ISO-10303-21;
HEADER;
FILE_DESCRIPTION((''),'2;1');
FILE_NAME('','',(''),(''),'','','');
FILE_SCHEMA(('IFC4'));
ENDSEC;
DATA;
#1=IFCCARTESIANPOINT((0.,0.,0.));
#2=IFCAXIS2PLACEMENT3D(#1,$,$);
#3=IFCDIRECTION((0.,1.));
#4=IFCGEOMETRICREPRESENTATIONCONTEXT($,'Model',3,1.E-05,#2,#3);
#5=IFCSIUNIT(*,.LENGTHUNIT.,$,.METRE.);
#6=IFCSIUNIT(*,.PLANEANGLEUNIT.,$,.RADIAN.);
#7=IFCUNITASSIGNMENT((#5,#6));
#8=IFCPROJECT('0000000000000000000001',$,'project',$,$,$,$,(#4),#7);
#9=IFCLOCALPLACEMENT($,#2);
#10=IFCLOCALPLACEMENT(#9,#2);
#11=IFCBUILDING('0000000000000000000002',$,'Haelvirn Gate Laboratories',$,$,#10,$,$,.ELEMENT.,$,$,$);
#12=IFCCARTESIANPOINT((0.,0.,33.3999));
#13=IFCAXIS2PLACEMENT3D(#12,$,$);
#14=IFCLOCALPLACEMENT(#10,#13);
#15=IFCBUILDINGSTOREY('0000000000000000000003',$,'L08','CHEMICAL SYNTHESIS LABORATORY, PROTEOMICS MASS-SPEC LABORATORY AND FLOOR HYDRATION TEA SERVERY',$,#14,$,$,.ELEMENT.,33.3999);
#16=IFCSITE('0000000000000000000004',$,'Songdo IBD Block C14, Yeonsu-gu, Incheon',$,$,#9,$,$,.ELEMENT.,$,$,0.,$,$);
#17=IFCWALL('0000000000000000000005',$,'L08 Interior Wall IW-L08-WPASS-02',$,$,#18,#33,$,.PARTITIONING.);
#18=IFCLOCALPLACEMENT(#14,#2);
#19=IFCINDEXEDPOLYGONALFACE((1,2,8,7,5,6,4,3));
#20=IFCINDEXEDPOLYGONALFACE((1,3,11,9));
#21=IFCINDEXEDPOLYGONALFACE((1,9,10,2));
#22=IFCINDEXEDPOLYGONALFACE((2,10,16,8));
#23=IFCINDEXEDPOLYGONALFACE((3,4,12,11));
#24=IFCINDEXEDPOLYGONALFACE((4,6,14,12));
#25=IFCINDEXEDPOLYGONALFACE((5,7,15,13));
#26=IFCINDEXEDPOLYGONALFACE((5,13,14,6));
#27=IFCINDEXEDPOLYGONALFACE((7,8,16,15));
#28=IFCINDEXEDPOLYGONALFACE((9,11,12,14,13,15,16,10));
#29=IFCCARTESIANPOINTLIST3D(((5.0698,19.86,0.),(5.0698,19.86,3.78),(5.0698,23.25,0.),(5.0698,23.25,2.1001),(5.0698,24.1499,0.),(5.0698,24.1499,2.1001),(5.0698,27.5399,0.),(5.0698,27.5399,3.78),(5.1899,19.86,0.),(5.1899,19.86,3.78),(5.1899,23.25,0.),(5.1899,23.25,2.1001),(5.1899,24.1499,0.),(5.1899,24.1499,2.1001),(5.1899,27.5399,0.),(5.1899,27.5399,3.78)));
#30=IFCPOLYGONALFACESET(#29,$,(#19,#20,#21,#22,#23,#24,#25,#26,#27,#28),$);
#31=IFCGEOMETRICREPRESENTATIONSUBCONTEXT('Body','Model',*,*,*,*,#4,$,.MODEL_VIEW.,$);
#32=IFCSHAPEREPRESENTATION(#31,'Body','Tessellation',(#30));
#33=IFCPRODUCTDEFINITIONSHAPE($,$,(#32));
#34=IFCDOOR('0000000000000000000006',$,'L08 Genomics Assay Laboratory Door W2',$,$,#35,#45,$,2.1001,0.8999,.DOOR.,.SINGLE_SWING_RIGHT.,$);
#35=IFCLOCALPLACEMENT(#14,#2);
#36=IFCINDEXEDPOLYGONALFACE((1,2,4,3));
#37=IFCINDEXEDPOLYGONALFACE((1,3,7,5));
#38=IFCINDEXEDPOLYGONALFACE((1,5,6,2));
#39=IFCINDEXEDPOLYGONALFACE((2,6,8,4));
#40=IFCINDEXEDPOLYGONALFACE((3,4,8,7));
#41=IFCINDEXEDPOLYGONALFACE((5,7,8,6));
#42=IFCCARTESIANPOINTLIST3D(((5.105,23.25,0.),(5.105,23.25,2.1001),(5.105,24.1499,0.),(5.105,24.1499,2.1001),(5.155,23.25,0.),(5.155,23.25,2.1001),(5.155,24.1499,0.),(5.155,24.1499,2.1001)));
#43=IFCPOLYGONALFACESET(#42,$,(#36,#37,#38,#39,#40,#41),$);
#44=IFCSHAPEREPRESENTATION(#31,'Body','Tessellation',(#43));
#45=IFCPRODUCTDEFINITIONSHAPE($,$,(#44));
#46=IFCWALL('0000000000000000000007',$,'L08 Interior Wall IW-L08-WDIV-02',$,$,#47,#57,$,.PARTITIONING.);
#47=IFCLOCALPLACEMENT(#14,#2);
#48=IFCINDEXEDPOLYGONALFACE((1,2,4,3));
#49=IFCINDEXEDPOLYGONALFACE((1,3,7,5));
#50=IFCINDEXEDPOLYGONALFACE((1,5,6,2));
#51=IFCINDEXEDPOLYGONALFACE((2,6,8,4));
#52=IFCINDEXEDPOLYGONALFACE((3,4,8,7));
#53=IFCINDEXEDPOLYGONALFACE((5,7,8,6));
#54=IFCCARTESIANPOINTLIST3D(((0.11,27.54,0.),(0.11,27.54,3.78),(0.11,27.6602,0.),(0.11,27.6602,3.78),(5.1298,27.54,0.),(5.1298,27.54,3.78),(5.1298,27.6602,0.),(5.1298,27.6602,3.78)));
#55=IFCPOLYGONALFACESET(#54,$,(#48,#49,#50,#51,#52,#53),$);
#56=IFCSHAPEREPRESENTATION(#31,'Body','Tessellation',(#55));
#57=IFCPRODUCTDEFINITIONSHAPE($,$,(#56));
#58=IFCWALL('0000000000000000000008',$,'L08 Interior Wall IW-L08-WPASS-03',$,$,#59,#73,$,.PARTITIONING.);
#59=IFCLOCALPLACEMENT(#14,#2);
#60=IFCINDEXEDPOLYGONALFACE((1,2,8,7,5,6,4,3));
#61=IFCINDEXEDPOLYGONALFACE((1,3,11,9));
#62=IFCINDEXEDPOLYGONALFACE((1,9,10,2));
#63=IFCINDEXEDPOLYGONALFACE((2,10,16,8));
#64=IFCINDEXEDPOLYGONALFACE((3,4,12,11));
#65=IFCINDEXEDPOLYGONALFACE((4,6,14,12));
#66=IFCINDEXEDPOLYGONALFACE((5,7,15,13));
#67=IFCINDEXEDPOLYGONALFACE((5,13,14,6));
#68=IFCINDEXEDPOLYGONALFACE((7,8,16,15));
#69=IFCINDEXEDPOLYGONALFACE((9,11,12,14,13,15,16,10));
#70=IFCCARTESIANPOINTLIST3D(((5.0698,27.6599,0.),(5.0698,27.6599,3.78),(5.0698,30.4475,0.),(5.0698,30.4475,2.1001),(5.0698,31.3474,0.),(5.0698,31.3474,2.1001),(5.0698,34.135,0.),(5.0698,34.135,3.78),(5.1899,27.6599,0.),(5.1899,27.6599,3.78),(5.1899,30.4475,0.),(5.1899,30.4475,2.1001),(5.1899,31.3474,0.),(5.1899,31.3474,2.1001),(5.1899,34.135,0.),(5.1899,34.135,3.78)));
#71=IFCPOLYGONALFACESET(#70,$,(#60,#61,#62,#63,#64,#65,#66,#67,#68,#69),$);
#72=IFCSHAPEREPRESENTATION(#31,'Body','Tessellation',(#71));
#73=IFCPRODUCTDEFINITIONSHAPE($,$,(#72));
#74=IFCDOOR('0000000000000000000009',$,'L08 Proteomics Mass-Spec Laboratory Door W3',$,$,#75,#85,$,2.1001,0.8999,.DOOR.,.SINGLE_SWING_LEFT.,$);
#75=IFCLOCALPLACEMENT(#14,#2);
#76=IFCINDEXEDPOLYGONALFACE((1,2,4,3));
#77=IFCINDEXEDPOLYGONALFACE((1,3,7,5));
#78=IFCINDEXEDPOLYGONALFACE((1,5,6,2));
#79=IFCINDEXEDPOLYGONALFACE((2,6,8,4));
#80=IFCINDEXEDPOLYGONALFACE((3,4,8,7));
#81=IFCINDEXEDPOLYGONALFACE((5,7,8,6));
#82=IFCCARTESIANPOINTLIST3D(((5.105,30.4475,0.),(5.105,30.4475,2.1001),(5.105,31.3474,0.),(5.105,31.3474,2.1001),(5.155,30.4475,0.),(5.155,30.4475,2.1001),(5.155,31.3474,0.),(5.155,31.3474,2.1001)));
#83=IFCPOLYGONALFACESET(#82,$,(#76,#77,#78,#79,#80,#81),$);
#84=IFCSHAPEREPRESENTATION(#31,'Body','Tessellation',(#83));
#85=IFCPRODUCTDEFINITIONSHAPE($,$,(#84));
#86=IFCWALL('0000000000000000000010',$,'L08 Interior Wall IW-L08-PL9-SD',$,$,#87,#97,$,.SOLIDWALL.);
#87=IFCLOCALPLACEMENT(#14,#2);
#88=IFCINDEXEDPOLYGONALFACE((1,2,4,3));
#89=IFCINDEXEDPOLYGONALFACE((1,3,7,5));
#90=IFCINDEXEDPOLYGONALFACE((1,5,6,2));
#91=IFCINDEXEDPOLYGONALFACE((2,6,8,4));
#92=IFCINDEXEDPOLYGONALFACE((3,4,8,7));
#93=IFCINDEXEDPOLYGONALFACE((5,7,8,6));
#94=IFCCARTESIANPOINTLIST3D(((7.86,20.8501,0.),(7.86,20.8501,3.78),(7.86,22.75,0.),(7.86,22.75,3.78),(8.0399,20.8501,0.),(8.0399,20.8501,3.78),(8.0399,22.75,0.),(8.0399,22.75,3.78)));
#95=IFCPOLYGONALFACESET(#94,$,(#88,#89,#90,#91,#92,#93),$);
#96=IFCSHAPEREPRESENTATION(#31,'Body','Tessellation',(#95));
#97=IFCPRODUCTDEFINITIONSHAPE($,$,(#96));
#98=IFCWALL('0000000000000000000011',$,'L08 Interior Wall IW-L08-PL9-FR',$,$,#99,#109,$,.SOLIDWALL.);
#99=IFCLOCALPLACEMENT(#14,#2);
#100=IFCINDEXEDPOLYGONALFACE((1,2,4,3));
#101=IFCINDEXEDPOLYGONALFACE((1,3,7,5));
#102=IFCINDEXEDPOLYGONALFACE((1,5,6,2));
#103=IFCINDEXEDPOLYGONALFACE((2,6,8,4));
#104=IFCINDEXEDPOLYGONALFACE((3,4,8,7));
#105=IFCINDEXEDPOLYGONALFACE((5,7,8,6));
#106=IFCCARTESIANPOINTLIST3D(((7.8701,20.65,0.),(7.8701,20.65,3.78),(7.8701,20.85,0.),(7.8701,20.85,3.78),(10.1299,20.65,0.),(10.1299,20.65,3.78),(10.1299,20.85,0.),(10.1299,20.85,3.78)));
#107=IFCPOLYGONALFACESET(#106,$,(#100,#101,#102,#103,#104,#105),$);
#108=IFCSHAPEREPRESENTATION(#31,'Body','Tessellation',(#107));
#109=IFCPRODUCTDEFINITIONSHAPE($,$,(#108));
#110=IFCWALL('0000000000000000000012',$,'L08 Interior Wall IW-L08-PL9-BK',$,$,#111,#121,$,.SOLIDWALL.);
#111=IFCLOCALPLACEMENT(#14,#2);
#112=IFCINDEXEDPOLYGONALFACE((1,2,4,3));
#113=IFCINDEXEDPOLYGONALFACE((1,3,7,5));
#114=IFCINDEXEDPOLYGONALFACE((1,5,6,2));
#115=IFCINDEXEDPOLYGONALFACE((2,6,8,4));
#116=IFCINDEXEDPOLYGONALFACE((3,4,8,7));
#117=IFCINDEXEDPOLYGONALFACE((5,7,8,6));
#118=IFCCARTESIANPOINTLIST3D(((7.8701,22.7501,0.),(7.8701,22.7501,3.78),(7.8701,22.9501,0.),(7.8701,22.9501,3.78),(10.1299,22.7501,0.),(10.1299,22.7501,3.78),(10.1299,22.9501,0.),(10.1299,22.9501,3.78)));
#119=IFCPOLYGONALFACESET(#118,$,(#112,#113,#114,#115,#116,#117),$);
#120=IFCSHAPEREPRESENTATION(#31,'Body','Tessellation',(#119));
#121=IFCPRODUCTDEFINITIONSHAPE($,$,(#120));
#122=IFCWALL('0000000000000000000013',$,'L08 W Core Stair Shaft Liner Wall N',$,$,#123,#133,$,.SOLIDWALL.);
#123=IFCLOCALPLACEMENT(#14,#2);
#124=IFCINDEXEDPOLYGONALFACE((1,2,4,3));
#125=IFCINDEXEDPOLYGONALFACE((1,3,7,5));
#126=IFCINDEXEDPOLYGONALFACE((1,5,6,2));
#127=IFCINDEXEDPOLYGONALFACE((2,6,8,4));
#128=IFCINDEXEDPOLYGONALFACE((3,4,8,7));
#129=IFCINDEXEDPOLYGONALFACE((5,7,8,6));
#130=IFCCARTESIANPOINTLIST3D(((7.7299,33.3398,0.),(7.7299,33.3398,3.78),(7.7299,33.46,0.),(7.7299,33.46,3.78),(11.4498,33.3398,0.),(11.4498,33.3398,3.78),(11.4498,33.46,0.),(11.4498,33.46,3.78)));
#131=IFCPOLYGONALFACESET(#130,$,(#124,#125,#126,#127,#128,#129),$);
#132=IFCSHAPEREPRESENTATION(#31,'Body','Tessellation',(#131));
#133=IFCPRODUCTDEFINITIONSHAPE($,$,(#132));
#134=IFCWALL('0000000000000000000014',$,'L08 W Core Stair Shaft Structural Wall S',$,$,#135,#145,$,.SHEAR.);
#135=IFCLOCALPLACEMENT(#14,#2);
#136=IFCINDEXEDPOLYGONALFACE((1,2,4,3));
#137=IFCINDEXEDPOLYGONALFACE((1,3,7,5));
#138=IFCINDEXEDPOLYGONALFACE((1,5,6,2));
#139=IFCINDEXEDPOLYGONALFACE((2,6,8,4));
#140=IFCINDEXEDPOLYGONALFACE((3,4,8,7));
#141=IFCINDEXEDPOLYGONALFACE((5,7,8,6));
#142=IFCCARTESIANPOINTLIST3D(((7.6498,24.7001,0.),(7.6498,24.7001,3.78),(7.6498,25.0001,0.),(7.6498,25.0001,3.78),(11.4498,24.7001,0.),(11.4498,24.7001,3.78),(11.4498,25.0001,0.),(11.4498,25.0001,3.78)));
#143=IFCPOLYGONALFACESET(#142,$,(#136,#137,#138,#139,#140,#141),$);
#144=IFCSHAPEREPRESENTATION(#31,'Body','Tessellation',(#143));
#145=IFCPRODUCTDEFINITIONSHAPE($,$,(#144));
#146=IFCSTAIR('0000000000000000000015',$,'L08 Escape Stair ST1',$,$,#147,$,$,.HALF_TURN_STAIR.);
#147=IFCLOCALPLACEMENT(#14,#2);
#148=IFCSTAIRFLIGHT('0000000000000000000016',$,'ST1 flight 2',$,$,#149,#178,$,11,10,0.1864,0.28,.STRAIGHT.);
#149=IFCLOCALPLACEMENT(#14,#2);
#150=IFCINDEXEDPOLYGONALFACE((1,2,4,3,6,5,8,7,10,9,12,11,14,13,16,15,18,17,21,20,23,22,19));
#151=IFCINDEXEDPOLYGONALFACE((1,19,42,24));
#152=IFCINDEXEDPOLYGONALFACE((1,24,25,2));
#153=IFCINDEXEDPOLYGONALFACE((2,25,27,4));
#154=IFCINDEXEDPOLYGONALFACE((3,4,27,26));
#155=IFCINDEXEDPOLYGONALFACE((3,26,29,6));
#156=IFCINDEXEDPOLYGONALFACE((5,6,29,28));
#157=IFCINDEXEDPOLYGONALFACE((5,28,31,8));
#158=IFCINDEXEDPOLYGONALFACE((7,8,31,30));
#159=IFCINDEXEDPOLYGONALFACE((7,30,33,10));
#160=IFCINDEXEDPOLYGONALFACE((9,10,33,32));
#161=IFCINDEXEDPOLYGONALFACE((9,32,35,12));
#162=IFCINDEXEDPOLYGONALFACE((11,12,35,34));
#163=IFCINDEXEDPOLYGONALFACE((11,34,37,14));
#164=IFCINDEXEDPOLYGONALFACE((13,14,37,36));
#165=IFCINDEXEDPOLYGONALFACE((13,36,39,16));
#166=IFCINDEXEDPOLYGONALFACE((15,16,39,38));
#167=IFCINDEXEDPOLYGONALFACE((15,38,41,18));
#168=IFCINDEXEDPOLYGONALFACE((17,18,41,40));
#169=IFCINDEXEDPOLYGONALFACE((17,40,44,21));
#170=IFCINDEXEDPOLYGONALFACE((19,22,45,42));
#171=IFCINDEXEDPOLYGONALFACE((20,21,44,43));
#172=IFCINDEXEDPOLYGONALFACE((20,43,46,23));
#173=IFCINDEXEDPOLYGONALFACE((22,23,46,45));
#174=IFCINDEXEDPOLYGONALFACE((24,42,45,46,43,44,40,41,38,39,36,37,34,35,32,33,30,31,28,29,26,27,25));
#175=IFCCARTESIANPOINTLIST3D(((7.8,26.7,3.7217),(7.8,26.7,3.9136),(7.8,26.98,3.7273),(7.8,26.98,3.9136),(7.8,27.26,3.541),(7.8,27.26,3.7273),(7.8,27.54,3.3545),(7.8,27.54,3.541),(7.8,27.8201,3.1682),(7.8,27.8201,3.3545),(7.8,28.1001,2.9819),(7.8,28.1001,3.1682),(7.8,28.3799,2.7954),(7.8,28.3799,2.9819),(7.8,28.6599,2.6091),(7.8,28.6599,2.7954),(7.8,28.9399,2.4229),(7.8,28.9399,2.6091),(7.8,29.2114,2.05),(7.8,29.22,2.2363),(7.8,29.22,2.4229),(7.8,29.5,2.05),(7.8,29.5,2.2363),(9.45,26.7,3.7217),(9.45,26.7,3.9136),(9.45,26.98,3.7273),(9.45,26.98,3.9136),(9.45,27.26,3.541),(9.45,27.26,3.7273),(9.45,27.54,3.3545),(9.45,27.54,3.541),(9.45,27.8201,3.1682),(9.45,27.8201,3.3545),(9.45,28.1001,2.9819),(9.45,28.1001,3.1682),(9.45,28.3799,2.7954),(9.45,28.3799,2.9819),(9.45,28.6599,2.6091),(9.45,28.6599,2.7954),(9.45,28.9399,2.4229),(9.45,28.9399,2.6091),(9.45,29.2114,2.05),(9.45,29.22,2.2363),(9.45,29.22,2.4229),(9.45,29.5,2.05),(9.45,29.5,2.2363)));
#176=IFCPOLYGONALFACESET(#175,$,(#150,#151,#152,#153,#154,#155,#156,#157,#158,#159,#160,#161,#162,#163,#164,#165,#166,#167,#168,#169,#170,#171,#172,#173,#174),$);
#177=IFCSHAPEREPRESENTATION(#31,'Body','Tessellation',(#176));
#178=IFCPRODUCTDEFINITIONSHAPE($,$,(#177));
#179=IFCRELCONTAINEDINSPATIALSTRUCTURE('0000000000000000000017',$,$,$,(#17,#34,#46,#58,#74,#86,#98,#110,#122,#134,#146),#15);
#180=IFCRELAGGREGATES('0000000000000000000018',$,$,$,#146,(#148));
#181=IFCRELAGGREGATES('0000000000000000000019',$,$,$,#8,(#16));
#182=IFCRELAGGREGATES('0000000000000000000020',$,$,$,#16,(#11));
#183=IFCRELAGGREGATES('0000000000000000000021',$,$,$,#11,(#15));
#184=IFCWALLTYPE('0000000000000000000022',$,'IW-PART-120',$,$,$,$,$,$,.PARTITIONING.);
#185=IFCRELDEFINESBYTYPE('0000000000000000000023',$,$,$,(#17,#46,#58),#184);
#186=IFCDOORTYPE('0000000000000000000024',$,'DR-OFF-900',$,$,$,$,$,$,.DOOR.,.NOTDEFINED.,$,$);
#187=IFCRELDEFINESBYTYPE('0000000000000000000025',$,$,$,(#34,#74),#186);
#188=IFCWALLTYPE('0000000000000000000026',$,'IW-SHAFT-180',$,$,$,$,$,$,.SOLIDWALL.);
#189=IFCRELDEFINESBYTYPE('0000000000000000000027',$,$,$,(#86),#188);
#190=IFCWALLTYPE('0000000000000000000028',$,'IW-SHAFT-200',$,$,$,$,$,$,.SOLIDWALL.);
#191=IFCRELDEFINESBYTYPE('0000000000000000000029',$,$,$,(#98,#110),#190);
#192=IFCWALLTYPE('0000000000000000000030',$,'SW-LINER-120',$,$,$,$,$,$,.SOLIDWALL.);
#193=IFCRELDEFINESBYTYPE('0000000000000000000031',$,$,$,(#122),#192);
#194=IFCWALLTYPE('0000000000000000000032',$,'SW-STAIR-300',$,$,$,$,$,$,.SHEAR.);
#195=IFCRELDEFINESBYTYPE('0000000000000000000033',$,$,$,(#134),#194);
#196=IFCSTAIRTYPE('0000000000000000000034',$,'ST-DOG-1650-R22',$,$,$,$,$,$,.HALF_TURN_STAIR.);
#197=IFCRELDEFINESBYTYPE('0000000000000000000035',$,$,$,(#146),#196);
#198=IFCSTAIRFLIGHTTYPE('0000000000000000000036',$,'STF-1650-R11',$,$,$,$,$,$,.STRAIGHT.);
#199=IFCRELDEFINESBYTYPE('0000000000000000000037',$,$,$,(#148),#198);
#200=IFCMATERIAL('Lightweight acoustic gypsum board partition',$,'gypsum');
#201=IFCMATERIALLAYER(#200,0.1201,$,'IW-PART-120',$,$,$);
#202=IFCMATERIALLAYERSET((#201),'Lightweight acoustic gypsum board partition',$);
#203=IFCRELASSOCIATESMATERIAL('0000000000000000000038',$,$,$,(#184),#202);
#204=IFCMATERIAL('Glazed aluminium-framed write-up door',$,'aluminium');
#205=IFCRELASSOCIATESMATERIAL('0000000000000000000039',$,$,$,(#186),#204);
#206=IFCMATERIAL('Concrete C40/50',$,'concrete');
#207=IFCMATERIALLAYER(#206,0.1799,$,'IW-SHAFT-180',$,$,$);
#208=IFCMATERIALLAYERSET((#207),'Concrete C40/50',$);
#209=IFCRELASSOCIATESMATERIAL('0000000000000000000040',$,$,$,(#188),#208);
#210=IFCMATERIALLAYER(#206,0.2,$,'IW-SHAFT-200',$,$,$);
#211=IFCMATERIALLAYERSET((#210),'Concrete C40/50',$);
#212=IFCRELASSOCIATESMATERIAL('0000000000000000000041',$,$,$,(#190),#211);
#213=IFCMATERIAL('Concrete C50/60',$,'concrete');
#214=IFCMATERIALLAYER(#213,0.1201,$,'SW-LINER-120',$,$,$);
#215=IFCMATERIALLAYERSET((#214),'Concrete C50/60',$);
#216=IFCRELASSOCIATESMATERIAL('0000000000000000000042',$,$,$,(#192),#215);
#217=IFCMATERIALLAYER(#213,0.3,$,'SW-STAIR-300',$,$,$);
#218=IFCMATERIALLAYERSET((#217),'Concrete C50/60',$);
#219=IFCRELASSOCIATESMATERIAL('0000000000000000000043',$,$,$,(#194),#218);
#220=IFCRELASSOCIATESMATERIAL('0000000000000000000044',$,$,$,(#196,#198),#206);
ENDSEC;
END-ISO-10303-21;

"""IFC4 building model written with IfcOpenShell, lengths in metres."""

from ifc_helpers import new_model, si_unit, direction, frame, frame_2d, origin, place, context, subcontext, project, spatial, polyline, rectangle, outline, extrude, source, transform, mapped, material, layer, layer_set, type_object, type_shapes, element, fill, aggregate, save


model = new_model("IFC4")

# Units and contexts
model_context = context("Model", 3, precision=1e-05, world=origin(), true_north=direction((0.0, 1.0)))
body_context = subcontext(model_context, "Body", "Model", "MODEL_VIEW")
ifc_project = project(units=[si_unit("LENGTHUNIT", "METRE"), si_unit("PLANEANGLEUNIT", "RADIAN")], contexts=[model_context])

# Site, building, storey
site_placement = place(None, origin())
site = spatial("IfcSite", under=ifc_project, at=site_placement, Name="Songdo IBD Block C14, Yeonsu-gu, Incheon", CompositionType="ELEMENT", RefElevation=0.0)
building_placement = place(site_placement, origin())
building = spatial("IfcBuilding", under=site, at=building_placement, Name="Haelvirn Gate Laboratories", CompositionType="ELEMENT")
storey_placement = place(building_placement, frame((0.0, 0.0, 33.3999)))
storey = spatial("IfcBuildingStorey", under=building, at=storey_placement, Name="L08", Description="CHEMICAL SYNTHESIS LABORATORY, PROTEOMICS MASS-SPEC LABORATORY AND FLOOR HYDRATION TEA SERVERY", CompositionType="ELEMENT", Elevation=33.3999)

# Shared definitions
ifc_material_1 = material(Name="Lightweight acoustic gypsum board partition", Category="gypsum")
ifc_layer_1 = layer(ifc_material_1, 0.1201, Name="IW-PART-120")
ifc_layer_set_1 = layer_set([ifc_layer_1], Name="Lightweight acoustic gypsum board partition")
wall_type_1 = type_object("IfcWallType", Name="IW-PART-120", PredefinedType="PARTITIONING", material=ifc_layer_set_1)

# Wall, opening, door
wall_1_placement = place(storey_placement, frame((5.1299, 19.8601, 0.0), z_axis=(0.0, 0.0, 1.0), x_axis=(0.0, 1.0, 0.0)))
wall_1 = element("IfcWall", 1, at=wall_1_placement, inside=storey, type_object=wall_type_1, Name="L08 Interior Wall IW-L08-WPASS-02", PredefinedType="PARTITIONING", context=body_context, shape_type="SweptSolid", body=[
    extrude(rectangle(XDim=7.6799, YDim=0.1201, at=frame_2d((3.8398, 0.0))), origin(), (0.0, 0.0, 1.0), 3.78),
])
opening_1_placement = place(wall_1_placement, frame((3.3899, 0.0, 0.0)))
opening_1 = element("IfcOpeningElement", 2, at=opening_1_placement, cuts=wall_1, PredefinedType="OPENING", context=body_context, shape_type="SweptSolid", body=[
    extrude(rectangle(XDim=0.8999, YDim=2.1001, at=frame_2d((0.45, 1.05))), frame((0.0, 0.0701, 0.0), z_axis=(0.0, -1.0, 0.0), x_axis=(1.0, 0.0, 0.0)), (0.0, 0.0, 1.0), 0.1401),
])
ifc_material_2 = material(Name="Glazed aluminium-framed write-up door", Category="aluminium")
door_type_1 = type_object("IfcDoorType", Name="DR-OFF-900", OperationType="NOTDEFINED", PredefinedType="DOOR", material=ifc_material_2)
shared_shape_1 = source(origin(), body_context, "Body", "SweptSolid", [
    extrude(rectangle(XDim=0.8999, YDim=2.1001, at=frame_2d((0.45, 1.05))), frame((0.0, 0.0249, 0.0), z_axis=(0.0, -1.0, 0.0), x_axis=(1.0, 0.0, 0.0)), (0.0, 0.0, 1.0), 0.05),
])
type_shapes(door_type_1, [shared_shape_1])
door_1_placement = place(opening_1_placement, origin())
door_1 = element("IfcDoor", 3, at=door_1_placement, inside=storey, type_object=door_type_1, Name="L08 Genomics Assay Laboratory Door W2", OperationType="SINGLE_SWING_RIGHT", OverallHeight=2.1001, OverallWidth=0.8999, PredefinedType="DOOR", context=body_context, shape_type="MappedRepresentation", body=[
    mapped(shared_shape_1, transform((0.0, 0.0, 0.0), scale=1.0)),
])
fill(opening_1, door_1)

# Wall
wall_2_placement = place(storey_placement, frame((0.1101, 27.6001, 0.0), z_axis=(0.0, 0.0, 1.0), x_axis=(1.0, 0.0, 0.0)))
element("IfcWall", 4, at=wall_2_placement, inside=storey, type_object=wall_type_1, Name="L08 Interior Wall IW-L08-WDIV-02", PredefinedType="PARTITIONING", context=body_context, shape_type="SweptSolid", body=[
    extrude(rectangle(XDim=5.0198, YDim=0.1201, at=frame_2d((2.5098, 0.0))), origin(), (0.0, 0.0, 1.0), 3.78),
])

# Wall, opening, door
wall_3_placement = place(storey_placement, frame((5.1299, 27.6599, 0.0), z_axis=(0.0, 0.0, 1.0), x_axis=(0.0, 1.0, 0.0)))
wall_3 = element("IfcWall", 5, at=wall_3_placement, inside=storey, type_object=wall_type_1, Name="L08 Interior Wall IW-L08-WPASS-03", PredefinedType="PARTITIONING", context=body_context, shape_type="SweptSolid", body=[
    extrude(rectangle(XDim=6.4751, YDim=0.1201, at=frame_2d((3.2375, 0.0))), origin(), (0.0, 0.0, 1.0), 3.78),
])
opening_2_placement = place(wall_3_placement, frame((2.7876, 0.0, 0.0)))
opening_2 = element("IfcOpeningElement", 6, at=opening_2_placement, cuts=wall_3, PredefinedType="OPENING", context=body_context, shape_type="SweptSolid", body=[
    extrude(rectangle(XDim=0.8999, YDim=2.1001, at=frame_2d((0.45, 1.05))), frame((0.0, 0.0701, 0.0), z_axis=(0.0, -1.0, 0.0), x_axis=(1.0, 0.0, 0.0)), (0.0, 0.0, 1.0), 0.1401),
])
door_2_placement = place(opening_2_placement, origin())
door_2 = element("IfcDoor", 7, at=door_2_placement, inside=storey, type_object=door_type_1, Name="L08 Proteomics Mass-Spec Laboratory Door W3", OperationType="SINGLE_SWING_LEFT", OverallHeight=2.1001, OverallWidth=0.8999, PredefinedType="DOOR", context=body_context, shape_type="MappedRepresentation", body=[
    mapped(shared_shape_1, transform((0.0, 0.0, 0.0), scale=1.0)),
])
fill(opening_2, door_2)

# Walls
ifc_material_3 = material(Name="Concrete C40/50", Category="concrete")
ifc_layer_2 = layer(ifc_material_3, 0.1799, Name="IW-SHAFT-180")
ifc_layer_set_2 = layer_set([ifc_layer_2], Name="Concrete C40/50")
wall_type_2 = type_object("IfcWallType", Name="IW-SHAFT-180", PredefinedType="SOLIDWALL", material=ifc_layer_set_2)
wall_4_placement = place(storey_placement, frame((7.95, 20.8501, 0.0), z_axis=(0.0, 0.0, 1.0), x_axis=(0.0, 1.0, 0.0)))
element("IfcWall", 8, at=wall_4_placement, inside=storey, type_object=wall_type_2, Name="L08 Interior Wall IW-L08-PL9-SD", PredefinedType="SOLIDWALL", context=body_context, shape_type="SweptSolid", body=[
    extrude(rectangle(XDim=1.8999, YDim=0.1799, at=frame_2d((0.95, 0.0))), origin(), (0.0, 0.0, 1.0), 3.78),
])
ifc_layer_3 = layer(ifc_material_3, 0.2, Name="IW-SHAFT-200")
ifc_layer_set_3 = layer_set([ifc_layer_3], Name="Concrete C40/50")
wall_type_3 = type_object("IfcWallType", Name="IW-SHAFT-200", PredefinedType="SOLIDWALL", material=ifc_layer_set_3)
for number, where, z_axis, x_axis, name in (
    (9, (7.8701, 20.75, 0.0), (0.0, 0.0, 1.0), (1.0, 0.0, 0.0), "L08 Interior Wall IW-L08-PL9-FR"),
    (10, (7.8701, 22.8501, 0.0), (0.0, 0.0, 1.0), (1.0, 0.0, 0.0), "L08 Interior Wall IW-L08-PL9-BK"),
):
    element("IfcWall", number, at=place(storey_placement, frame(where, z_axis=z_axis, x_axis=x_axis)), inside=storey, type_object=wall_type_3, Name=name, PredefinedType="SOLIDWALL", context=body_context, shape_type="SweptSolid", body=[
        extrude(rectangle(XDim=2.2598, YDim=0.2, at=frame_2d((1.1299, 0.0))), origin(), (0.0, 0.0, 1.0), 3.78),
    ])

# Walls
ifc_material_4 = material(Name="Concrete C50/60", Category="concrete")
ifc_layer_4 = layer(ifc_material_4, 0.1201, Name="SW-LINER-120")
ifc_layer_set_4 = layer_set([ifc_layer_4], Name="Concrete C50/60")
wall_type_4 = type_object("IfcWallType", Name="SW-LINER-120", PredefinedType="SOLIDWALL", material=ifc_layer_set_4)
wall_5_placement = place(storey_placement, frame((7.73, 33.3999, 0.0), z_axis=(0.0, 0.0, 1.0), x_axis=(1.0, 0.0, 0.0)))
element("IfcWall", 11, at=wall_5_placement, inside=storey, type_object=wall_type_4, Name="L08 W Core Stair Shaft Liner Wall N", PredefinedType="SOLIDWALL", context=body_context, shape_type="SweptSolid", body=[
    extrude(rectangle(XDim=3.72, YDim=0.1201, at=frame_2d((1.8599, 0.0))), origin(), (0.0, 0.0, 1.0), 3.78),
])
ifc_layer_5 = layer(ifc_material_4, 0.3, Name="SW-STAIR-300")
ifc_layer_set_5 = layer_set([ifc_layer_5], Name="Concrete C50/60")
wall_type_5 = type_object("IfcWallType", Name="SW-STAIR-300", PredefinedType="SHEAR", material=ifc_layer_set_5)
wall_6_placement = place(storey_placement, frame((7.6499, 24.8501, 0.0), z_axis=(0.0, 0.0, 1.0), x_axis=(1.0, 0.0, 0.0)))
element("IfcWall", 12, at=wall_6_placement, inside=storey, type_object=wall_type_5, Name="L08 W Core Stair Shaft Structural Wall S", PredefinedType="SHEAR", context=body_context, shape_type="SweptSolid", body=[
    extrude(rectangle(XDim=3.8, YDim=0.3, at=frame_2d((1.8999, 0.0))), origin(), (0.0, 0.0, 1.0), 3.78),
])

# Stair, stair flight
stair_type = type_object("IfcStairType", Name="ST-DOG-1650-R22", PredefinedType="HALF_TURN_STAIR", material=ifc_material_3)
stair_placement = place(storey_placement, origin())
stair = element("IfcStair", 13, at=stair_placement, inside=storey, type_object=stair_type, Name="L08 Escape Stair ST1", PredefinedType="HALF_TURN_STAIR")
stair_flight_type = type_object("IfcStairFlightType", Name="STF-1650-R11", PredefinedType="STRAIGHT", material=ifc_material_3)
shared_shape_2 = source(origin(), body_context, "Body", "SweptSolid", [
    extrude(outline(polyline([(0.0, 0.0), (0.0, 0.1863), (0.28, 0.1863), (0.28, 0.3728), (0.5601, 0.3728), (0.5601, 0.5591), (0.8401, 0.5591), (0.8401, 0.7454), (1.1201, 0.7454), (1.1201, 0.9319), (1.3999, 0.9319), (1.3999, 1.1182), (1.6799, 1.1182), (1.6799, 1.3044), (1.96, 1.3044), (1.96, 1.491), (2.24, 1.491), (2.24, 1.6772), (2.52, 1.6772), (2.52, 1.8635), (2.8, 1.8635), (2.8, 2.05), (2.8, 1.6716), (0.2886, 0.0), (0.0, 0.0)])), frame((0.0, 0.825, 0.0), z_axis=(0.0, -1.0, 0.0), x_axis=(1.0, 0.0, 0.0)), (0.0, 0.0, 1.0), 1.6499),
])
type_shapes(stair_flight_type, [shared_shape_2])
stair_flight_placement = place(storey_placement, frame((8.625, 29.5, 2.05), z_axis=(0.0, 0.0, 1.0), x_axis=(0.0, -1.0, 0.0)))
stair_flight = element("IfcStairFlight", 14, at=stair_flight_placement, type_object=stair_flight_type, Name="ST1 flight 2", NumberOfRisers=11, NumberOfTreads=10, PredefinedType="STRAIGHT", RiserHeight=0.1864, TreadLength=0.28, context=body_context, shape_type="MappedRepresentation", body=[
    mapped(shared_shape_2, transform((0.0, 0.0, 0.0), scale=1.0)),
])
aggregate(stair, [stair_flight])

save(model, "model.ifc")
